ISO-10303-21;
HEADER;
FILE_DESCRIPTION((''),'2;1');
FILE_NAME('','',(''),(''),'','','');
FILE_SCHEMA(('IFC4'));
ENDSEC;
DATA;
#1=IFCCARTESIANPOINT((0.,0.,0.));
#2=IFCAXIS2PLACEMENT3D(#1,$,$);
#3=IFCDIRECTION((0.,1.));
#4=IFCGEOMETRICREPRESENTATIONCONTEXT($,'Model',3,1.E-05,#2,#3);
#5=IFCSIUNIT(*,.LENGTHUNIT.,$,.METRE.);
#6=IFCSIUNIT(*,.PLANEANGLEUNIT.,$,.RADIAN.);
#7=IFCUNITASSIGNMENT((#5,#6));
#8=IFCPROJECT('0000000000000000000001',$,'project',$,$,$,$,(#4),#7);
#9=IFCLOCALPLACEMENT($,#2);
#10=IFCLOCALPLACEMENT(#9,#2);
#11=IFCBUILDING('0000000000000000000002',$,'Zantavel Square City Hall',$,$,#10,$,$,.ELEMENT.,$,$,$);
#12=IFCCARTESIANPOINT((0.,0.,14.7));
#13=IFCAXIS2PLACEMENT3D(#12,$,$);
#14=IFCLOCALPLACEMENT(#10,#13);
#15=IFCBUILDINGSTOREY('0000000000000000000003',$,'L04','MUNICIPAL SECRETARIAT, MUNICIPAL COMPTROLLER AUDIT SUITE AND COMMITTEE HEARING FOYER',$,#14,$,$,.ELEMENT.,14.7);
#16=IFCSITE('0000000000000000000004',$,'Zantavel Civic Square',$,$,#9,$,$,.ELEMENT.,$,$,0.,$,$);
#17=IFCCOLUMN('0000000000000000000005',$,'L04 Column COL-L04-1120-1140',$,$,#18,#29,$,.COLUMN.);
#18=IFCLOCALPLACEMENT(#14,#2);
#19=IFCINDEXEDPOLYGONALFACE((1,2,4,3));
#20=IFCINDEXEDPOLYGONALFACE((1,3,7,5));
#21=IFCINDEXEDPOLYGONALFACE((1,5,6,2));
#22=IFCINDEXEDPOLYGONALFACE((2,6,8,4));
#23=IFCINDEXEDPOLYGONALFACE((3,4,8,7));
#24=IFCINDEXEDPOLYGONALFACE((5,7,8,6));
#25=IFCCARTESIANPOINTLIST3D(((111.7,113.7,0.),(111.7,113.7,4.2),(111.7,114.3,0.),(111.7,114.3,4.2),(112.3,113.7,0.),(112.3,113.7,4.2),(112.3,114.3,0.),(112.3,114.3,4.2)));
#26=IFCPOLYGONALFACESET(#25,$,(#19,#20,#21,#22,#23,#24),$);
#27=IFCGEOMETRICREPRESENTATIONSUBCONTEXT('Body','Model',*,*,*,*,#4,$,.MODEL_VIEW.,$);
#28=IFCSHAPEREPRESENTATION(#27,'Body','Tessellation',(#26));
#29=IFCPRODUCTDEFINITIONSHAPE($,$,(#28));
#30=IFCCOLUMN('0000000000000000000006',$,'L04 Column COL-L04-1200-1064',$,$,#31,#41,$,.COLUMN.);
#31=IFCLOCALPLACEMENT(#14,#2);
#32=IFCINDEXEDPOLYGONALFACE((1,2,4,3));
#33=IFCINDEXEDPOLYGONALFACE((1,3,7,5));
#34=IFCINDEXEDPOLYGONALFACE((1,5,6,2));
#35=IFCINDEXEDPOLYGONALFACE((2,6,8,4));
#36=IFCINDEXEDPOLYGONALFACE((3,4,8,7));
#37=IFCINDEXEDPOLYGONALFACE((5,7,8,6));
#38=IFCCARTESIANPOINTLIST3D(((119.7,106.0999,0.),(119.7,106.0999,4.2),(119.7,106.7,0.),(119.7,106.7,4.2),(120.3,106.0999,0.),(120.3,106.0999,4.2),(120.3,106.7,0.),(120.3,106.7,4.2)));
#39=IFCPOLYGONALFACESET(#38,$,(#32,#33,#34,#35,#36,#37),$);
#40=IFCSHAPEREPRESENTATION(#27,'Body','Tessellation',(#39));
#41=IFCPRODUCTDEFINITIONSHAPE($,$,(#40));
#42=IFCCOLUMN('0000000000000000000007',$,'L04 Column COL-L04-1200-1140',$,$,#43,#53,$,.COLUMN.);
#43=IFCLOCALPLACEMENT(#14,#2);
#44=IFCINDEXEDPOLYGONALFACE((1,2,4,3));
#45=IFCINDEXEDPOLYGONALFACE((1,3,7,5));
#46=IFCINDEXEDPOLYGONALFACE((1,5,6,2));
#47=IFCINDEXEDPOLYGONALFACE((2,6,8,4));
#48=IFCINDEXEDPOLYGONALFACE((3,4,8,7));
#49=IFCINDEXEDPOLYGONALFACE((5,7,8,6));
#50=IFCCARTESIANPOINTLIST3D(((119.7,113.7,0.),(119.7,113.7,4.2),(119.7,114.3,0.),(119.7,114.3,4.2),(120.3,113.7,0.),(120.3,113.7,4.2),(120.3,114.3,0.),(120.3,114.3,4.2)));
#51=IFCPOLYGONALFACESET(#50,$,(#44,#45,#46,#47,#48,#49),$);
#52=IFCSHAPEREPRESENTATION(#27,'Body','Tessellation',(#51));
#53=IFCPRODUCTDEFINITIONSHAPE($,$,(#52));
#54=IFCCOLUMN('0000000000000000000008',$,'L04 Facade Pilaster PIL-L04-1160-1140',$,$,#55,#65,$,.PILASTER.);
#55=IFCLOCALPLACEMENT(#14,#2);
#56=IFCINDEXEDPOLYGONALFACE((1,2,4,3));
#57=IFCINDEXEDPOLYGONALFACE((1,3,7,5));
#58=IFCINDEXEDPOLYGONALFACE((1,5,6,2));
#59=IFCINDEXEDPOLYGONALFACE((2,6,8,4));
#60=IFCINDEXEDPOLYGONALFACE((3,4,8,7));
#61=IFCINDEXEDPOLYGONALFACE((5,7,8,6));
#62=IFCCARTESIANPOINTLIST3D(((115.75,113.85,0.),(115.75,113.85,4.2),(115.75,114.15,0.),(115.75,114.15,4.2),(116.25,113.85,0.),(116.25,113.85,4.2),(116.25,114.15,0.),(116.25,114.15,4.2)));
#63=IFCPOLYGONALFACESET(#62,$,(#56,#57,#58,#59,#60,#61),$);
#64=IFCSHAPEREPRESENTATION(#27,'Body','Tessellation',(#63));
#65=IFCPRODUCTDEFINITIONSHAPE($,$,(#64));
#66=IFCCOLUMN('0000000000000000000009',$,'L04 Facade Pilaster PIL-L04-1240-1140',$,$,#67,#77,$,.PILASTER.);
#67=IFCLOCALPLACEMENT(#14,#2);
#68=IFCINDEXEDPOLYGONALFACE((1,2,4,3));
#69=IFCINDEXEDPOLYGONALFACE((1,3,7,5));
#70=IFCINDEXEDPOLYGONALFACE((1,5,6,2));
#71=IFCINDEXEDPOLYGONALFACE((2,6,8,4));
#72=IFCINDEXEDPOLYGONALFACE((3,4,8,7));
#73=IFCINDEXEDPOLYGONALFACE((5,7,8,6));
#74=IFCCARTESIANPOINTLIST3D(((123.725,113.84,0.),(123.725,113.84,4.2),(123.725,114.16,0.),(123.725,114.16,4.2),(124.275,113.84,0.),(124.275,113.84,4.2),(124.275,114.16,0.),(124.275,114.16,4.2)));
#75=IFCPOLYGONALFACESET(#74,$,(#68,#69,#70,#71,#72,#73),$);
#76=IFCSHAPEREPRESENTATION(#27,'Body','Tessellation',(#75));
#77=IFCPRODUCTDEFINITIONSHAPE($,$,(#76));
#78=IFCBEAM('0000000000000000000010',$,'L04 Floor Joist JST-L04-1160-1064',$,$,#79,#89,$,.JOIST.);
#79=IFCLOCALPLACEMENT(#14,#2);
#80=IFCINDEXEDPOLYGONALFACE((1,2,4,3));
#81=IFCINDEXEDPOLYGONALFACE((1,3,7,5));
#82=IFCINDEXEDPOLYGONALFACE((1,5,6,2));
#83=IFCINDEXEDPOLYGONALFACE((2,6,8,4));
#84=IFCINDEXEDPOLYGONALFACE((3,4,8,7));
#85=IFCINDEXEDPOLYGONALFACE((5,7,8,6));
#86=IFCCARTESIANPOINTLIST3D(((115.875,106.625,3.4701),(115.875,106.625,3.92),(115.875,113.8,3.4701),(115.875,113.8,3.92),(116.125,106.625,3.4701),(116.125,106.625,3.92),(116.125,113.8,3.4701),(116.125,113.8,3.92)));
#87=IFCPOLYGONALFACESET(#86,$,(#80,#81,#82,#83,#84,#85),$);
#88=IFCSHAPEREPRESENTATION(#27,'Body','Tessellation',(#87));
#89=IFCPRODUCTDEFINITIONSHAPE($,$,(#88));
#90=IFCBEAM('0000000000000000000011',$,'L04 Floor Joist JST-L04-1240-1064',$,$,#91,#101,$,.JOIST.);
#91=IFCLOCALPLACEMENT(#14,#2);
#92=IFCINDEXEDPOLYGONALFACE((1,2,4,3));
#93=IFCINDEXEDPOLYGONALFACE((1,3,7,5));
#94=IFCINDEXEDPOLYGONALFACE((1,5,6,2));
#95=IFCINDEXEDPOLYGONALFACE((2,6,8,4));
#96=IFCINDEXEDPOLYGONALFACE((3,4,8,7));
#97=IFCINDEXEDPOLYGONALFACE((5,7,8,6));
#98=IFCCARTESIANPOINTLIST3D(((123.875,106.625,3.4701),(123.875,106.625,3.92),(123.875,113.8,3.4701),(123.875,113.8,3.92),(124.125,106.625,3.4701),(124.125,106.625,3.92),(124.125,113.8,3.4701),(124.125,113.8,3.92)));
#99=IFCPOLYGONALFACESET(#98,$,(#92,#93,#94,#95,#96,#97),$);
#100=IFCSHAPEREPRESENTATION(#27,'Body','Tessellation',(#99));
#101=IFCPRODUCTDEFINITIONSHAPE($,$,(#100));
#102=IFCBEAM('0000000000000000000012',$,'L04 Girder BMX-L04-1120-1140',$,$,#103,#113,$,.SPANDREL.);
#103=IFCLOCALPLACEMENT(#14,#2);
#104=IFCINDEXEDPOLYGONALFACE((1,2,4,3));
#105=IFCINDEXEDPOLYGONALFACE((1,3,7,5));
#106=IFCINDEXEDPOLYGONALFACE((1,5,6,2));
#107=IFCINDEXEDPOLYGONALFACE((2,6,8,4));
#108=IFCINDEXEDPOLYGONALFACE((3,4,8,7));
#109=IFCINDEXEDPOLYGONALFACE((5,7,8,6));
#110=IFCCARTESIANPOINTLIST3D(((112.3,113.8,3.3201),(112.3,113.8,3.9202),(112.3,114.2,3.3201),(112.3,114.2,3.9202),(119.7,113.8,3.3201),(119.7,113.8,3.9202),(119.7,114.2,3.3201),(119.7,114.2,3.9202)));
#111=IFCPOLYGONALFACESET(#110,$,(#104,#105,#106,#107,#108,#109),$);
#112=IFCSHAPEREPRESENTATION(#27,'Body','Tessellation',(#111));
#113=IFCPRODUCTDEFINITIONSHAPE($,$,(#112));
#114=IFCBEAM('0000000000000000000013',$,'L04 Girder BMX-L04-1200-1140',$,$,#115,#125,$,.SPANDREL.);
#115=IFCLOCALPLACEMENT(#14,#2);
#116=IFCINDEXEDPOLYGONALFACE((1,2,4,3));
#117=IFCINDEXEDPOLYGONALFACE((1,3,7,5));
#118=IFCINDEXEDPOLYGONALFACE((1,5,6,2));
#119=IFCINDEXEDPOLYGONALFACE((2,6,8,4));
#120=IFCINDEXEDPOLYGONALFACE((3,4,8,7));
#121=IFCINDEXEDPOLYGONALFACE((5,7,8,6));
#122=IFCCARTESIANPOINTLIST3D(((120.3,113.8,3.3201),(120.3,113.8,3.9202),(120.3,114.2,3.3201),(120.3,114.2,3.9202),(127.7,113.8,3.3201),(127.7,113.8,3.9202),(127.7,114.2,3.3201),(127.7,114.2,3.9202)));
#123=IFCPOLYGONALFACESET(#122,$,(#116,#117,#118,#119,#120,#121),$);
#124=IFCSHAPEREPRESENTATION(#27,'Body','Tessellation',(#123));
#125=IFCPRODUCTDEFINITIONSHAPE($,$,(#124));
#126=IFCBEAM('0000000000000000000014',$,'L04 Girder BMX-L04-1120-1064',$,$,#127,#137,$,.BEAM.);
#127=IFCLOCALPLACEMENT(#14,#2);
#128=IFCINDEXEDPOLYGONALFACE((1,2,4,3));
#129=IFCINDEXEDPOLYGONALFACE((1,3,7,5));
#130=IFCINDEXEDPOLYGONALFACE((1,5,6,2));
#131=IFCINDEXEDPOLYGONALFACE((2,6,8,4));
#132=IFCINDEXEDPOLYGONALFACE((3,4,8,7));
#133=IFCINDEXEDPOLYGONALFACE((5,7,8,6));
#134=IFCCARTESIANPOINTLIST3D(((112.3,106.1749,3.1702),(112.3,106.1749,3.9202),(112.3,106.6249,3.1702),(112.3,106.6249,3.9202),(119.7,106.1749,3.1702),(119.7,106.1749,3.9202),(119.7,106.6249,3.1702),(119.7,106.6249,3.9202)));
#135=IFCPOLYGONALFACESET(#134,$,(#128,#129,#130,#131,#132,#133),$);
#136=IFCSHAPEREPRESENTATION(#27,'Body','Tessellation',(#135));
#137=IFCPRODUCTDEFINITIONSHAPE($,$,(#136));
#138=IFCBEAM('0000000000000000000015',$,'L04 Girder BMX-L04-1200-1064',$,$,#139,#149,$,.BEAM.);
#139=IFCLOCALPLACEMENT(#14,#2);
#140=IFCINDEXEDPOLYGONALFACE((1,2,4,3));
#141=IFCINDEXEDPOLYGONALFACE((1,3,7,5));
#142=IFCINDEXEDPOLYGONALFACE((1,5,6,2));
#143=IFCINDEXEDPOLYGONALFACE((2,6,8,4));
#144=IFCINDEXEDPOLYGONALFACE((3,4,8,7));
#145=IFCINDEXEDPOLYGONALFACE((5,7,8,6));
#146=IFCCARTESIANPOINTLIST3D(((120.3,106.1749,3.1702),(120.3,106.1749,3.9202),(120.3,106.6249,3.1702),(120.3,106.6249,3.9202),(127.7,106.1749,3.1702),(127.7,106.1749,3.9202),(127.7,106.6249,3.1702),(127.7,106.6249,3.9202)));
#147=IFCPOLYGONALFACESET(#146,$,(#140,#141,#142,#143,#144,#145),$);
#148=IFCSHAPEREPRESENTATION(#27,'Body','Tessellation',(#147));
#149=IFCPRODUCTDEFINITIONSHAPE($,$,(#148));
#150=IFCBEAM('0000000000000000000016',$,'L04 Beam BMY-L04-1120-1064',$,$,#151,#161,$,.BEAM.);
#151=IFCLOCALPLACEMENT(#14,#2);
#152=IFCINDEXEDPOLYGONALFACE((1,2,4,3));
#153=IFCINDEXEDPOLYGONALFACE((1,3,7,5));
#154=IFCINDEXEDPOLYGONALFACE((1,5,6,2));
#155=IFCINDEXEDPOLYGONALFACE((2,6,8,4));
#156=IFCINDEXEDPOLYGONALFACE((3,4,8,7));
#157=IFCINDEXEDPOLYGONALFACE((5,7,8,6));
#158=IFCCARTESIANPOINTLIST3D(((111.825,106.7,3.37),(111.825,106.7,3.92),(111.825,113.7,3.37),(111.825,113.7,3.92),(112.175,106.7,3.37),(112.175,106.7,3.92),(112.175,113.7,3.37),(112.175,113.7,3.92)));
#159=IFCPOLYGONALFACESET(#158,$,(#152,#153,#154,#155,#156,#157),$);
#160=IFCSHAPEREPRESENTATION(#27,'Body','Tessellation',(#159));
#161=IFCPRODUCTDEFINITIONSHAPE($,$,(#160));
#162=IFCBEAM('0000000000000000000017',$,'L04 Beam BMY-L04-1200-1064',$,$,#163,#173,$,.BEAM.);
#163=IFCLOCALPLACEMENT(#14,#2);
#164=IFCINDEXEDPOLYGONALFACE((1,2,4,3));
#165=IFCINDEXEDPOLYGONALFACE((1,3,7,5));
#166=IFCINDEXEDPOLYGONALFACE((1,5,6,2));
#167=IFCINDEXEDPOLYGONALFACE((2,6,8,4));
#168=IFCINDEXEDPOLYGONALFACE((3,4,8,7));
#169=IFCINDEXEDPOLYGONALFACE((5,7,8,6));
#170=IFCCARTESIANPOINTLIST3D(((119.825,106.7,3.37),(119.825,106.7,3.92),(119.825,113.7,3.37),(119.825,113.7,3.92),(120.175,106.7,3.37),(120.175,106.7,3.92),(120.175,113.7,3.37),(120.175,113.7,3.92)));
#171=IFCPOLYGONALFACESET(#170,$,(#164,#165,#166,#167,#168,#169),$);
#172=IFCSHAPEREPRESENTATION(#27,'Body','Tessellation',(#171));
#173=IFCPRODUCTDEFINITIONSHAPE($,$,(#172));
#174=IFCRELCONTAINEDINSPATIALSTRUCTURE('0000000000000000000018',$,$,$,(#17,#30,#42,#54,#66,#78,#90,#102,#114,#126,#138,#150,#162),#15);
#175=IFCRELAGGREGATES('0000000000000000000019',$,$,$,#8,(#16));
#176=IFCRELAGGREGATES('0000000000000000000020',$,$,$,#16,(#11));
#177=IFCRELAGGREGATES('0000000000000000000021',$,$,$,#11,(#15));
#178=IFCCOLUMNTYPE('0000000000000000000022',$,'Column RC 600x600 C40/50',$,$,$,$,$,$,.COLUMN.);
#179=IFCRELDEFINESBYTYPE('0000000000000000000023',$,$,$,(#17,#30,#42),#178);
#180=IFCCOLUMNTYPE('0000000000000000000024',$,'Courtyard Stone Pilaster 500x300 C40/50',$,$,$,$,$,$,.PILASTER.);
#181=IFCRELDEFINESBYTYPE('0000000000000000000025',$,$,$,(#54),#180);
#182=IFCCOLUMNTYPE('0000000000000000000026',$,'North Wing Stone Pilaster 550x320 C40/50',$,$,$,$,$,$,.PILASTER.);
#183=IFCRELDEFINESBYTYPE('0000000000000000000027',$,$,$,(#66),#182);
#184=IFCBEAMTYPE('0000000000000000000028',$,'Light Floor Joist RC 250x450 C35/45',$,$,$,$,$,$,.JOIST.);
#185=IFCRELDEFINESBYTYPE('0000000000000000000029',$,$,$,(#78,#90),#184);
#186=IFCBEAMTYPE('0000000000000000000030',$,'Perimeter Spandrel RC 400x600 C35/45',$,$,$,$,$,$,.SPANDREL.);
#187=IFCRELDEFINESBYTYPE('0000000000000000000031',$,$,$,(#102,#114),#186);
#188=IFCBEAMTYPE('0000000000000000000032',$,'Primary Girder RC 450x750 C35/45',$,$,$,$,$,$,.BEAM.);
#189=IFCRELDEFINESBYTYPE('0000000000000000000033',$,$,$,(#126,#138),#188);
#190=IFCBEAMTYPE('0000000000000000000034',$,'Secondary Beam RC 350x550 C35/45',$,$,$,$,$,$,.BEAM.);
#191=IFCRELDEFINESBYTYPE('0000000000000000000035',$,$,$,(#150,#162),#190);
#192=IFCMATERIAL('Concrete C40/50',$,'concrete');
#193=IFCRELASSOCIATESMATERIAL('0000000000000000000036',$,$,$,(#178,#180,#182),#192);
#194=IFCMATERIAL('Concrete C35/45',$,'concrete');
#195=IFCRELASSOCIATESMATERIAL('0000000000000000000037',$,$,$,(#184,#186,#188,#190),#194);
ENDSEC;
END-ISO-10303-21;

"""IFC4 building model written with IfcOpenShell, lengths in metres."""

from ifc_helpers import new_model, si_unit, direction, frame, origin, origin_2d, place, context, subcontext, project, spatial, rectangle, extrude, material, material_profile, profile_set, type_object, element, save


model = new_model("IFC4")

# Units and contexts
model_context = context("Model", 3, precision=1e-05, world=origin(), true_north=direction((0.0, 1.0)))
body_context = subcontext(model_context, "Body", "Model", "MODEL_VIEW")
ifc_project = project(units=[si_unit("LENGTHUNIT", "METRE"), si_unit("PLANEANGLEUNIT", "RADIAN")], contexts=[model_context])

# Site, building, storey
site_placement = place(None, origin())
site = spatial("IfcSite", under=ifc_project, at=site_placement, Name="Zantavel Civic Square", CompositionType="ELEMENT", RefElevation=0.0)
building_placement = place(site_placement, origin())
building = spatial("IfcBuilding", under=site, at=building_placement, Name="Zantavel Square City Hall", CompositionType="ELEMENT")
storey_placement = place(building_placement, frame((0.0, 0.0, 14.7)))
storey = spatial("IfcBuildingStorey", under=building, at=storey_placement, Name="L04", Description="MUNICIPAL SECRETARIAT, MUNICIPAL COMPTROLLER AUDIT SUITE AND COMMITTEE HEARING FOYER", CompositionType="ELEMENT", Elevation=14.7)

# Columns
ifc_material_1 = material(Name="Concrete C40/50", Category="concrete")
ifc_material_profile_1 = material_profile(ifc_material_1, rectangle(XDim=0.6001, YDim=0.6001, at=origin_2d()), Name="RC 600x600")
ifc_profile_set_1 = profile_set([ifc_material_profile_1], Name="Concrete C40/50")
column_type_1 = type_object("IfcColumnType", Name="Column RC 600x600 C40/50", PredefinedType="COLUMN", material=ifc_profile_set_1)
for number, where, z_axis, x_axis, name in (
    (1, (112.0, 114.0, 0.0), (0.0, 0.0, 1.0), (1.0, 0.0, 0.0), "L04 Column COL-L04-1120-1140"),
    (2, (120.0, 106.3999, 0.0), (0.0, 0.0, 1.0), (1.0, 0.0, 0.0), "L04 Column COL-L04-1200-1064"),
    (3, (120.0, 114.0, 0.0), (0.0, 0.0, 1.0), (1.0, 0.0, 0.0), "L04 Column COL-L04-1200-1140"),
):
    element("IfcColumn", number, at=place(storey_placement, frame(where, z_axis=z_axis, x_axis=x_axis)), inside=storey, type_object=column_type_1, Name=name, PredefinedType="COLUMN", context=body_context, shape_type="SweptSolid", body=[
        extrude(rectangle(XDim=0.6001, YDim=0.6001, at=origin_2d()), origin(), (0.0, 0.0, 1.0), 4.2),
    ])
ifc_material_profile_2 = material_profile(ifc_material_1, rectangle(XDim=0.5, YDim=0.3, at=origin_2d()), Name="RC 500x300")
ifc_profile_set_2 = profile_set([ifc_material_profile_2], Name="Concrete C40/50")
column_type_2 = type_object("IfcColumnType", Name="Courtyard Stone Pilaster 500x300 C40/50", PredefinedType="PILASTER", material=ifc_profile_set_2)
column_1_placement = place(storey_placement, frame((116.0, 114.0, 0.0), z_axis=(0.0, 0.0, 1.0), x_axis=(1.0, 0.0, 0.0)))
element("IfcColumn", 4, at=column_1_placement, inside=storey, type_object=column_type_2, Name="L04 Facade Pilaster PIL-L04-1160-1140", PredefinedType="PILASTER", context=body_context, shape_type="SweptSolid", body=[
    extrude(rectangle(XDim=0.5, YDim=0.3, at=origin_2d()), origin(), (0.0, 0.0, 1.0), 4.2),
])
ifc_material_profile_3 = material_profile(ifc_material_1, rectangle(XDim=0.55, YDim=0.3201, at=origin_2d()), Name="RC 550x320")
ifc_profile_set_3 = profile_set([ifc_material_profile_3], Name="Concrete C40/50")
column_type_3 = type_object("IfcColumnType", Name="North Wing Stone Pilaster 550x320 C40/50", PredefinedType="PILASTER", material=ifc_profile_set_3)
column_2_placement = place(storey_placement, frame((124.0, 114.0, 0.0), z_axis=(0.0, 0.0, 1.0), x_axis=(1.0, 0.0, 0.0)))
element("IfcColumn", 5, at=column_2_placement, inside=storey, type_object=column_type_3, Name="L04 Facade Pilaster PIL-L04-1240-1140", PredefinedType="PILASTER", context=body_context, shape_type="SweptSolid", body=[
    extrude(rectangle(XDim=0.55, YDim=0.3201, at=origin_2d()), origin(), (0.0, 0.0, 1.0), 4.2),
])

# Beams
ifc_material_2 = material(Name="Concrete C35/45", Category="concrete")
ifc_material_profile_4 = material_profile(ifc_material_2, rectangle(XDim=0.25, YDim=0.45, at=origin_2d()), Name="RC 250x450")
ifc_profile_set_4 = profile_set([ifc_material_profile_4], Name="Concrete C35/45")
beam_type_1 = type_object("IfcBeamType", Name="Light Floor Joist RC 250x450 C35/45", PredefinedType="JOIST", material=ifc_profile_set_4)
for number, where, z_axis, x_axis, name in (
    (6, (116.0, 106.625, 3.6951), (0.0, 1.0, 0.0), (-1.0, 0.0, 0.0), "L04 Floor Joist JST-L04-1160-1064"),
    (7, (124.0, 106.625, 3.6951), (0.0, 1.0, 0.0), (-1.0, 0.0, 0.0), "L04 Floor Joist JST-L04-1240-1064"),
):
    element("IfcBeam", number, at=place(storey_placement, frame(where, z_axis=z_axis, x_axis=x_axis)), inside=storey, type_object=beam_type_1, Name=name, PredefinedType="JOIST", context=body_context, shape_type="SweptSolid", body=[
        extrude(rectangle(XDim=0.25, YDim=0.45, at=origin_2d()), origin(), (0.0, 0.0, 1.0), 7.175),
    ])
ifc_material_profile_5 = material_profile(ifc_material_2, rectangle(XDim=0.3999, YDim=0.6001, at=origin_2d()), Name="RC 400x600")
ifc_profile_set_5 = profile_set([ifc_material_profile_5], Name="Concrete C35/45")
beam_type_2 = type_object("IfcBeamType", Name="Perimeter Spandrel RC 400x600 C35/45", PredefinedType="SPANDREL", material=ifc_profile_set_5)
for number, where, z_axis, x_axis, name in (
    (8, (112.3, 114.0, 3.6201), (1.0, 0.0, 0.0), (0.0, 1.0, 0.0), "L04 Girder BMX-L04-1120-1140"),
    (9, (120.3, 114.0, 3.6201), (1.0, 0.0, 0.0), (0.0, 1.0, 0.0), "L04 Girder BMX-L04-1200-1140"),
):
    element("IfcBeam", number, at=place(storey_placement, frame(where, z_axis=z_axis, x_axis=x_axis)), inside=storey, type_object=beam_type_2, Name=name, PredefinedType="SPANDREL", context=body_context, shape_type="SweptSolid", body=[
        extrude(rectangle(XDim=0.3999, YDim=0.6001, at=origin_2d()), origin(), (0.0, 0.0, 1.0), 7.3999),
    ])
ifc_material_profile_6 = material_profile(ifc_material_2, rectangle(XDim=0.45, YDim=0.75, at=origin_2d()), Name="RC 450x750")
ifc_profile_set_6 = profile_set([ifc_material_profile_6], Name="Concrete C35/45")
beam_type_3 = type_object("IfcBeamType", Name="Primary Girder RC 450x750 C35/45", PredefinedType="BEAM", material=ifc_profile_set_6)
for number, where, z_axis, x_axis, name in (
    (10, (112.3, 106.3999, 3.5452), (1.0, 0.0, 0.0), (0.0, 1.0, 0.0), "L04 Girder BMX-L04-1120-1064"),
    (11, (120.3, 106.3999, 3.5452), (1.0, 0.0, 0.0), (0.0, 1.0, 0.0), "L04 Girder BMX-L04-1200-1064"),
):
    element("IfcBeam", number, at=place(storey_placement, frame(where, z_axis=z_axis, x_axis=x_axis)), inside=storey, type_object=beam_type_3, Name=name, PredefinedType="BEAM", context=body_context, shape_type="SweptSolid", body=[
        extrude(rectangle(XDim=0.45, YDim=0.75, at=origin_2d()), origin(), (0.0, 0.0, 1.0), 7.3999),
    ])
ifc_material_profile_7 = material_profile(ifc_material_2, rectangle(XDim=0.3501, YDim=0.55, at=origin_2d()), Name="RC 350x550")
ifc_profile_set_7 = profile_set([ifc_material_profile_7], Name="Concrete C35/45")
beam_type_4 = type_object("IfcBeamType", Name="Secondary Beam RC 350x550 C35/45", PredefinedType="BEAM", material=ifc_profile_set_7)
for number, where, z_axis, x_axis, name in (
    (12, (112.0, 106.7, 3.645), (0.0, 1.0, 0.0), (-1.0, 0.0, 0.0), "L04 Beam BMY-L04-1120-1064"),
    (13, (120.0, 106.7, 3.645), (0.0, 1.0, 0.0), (-1.0, 0.0, 0.0), "L04 Beam BMY-L04-1200-1064"),
):
    element("IfcBeam", number, at=place(storey_placement, frame(where, z_axis=z_axis, x_axis=x_axis)), inside=storey, type_object=beam_type_4, Name=name, PredefinedType="BEAM", context=body_context, shape_type="SweptSolid", body=[
        extrude(rectangle(XDim=0.3501, YDim=0.55, at=origin_2d()), origin(), (0.0, 0.0, 1.0), 7.0),
    ])

save(model, "model.ifc")
